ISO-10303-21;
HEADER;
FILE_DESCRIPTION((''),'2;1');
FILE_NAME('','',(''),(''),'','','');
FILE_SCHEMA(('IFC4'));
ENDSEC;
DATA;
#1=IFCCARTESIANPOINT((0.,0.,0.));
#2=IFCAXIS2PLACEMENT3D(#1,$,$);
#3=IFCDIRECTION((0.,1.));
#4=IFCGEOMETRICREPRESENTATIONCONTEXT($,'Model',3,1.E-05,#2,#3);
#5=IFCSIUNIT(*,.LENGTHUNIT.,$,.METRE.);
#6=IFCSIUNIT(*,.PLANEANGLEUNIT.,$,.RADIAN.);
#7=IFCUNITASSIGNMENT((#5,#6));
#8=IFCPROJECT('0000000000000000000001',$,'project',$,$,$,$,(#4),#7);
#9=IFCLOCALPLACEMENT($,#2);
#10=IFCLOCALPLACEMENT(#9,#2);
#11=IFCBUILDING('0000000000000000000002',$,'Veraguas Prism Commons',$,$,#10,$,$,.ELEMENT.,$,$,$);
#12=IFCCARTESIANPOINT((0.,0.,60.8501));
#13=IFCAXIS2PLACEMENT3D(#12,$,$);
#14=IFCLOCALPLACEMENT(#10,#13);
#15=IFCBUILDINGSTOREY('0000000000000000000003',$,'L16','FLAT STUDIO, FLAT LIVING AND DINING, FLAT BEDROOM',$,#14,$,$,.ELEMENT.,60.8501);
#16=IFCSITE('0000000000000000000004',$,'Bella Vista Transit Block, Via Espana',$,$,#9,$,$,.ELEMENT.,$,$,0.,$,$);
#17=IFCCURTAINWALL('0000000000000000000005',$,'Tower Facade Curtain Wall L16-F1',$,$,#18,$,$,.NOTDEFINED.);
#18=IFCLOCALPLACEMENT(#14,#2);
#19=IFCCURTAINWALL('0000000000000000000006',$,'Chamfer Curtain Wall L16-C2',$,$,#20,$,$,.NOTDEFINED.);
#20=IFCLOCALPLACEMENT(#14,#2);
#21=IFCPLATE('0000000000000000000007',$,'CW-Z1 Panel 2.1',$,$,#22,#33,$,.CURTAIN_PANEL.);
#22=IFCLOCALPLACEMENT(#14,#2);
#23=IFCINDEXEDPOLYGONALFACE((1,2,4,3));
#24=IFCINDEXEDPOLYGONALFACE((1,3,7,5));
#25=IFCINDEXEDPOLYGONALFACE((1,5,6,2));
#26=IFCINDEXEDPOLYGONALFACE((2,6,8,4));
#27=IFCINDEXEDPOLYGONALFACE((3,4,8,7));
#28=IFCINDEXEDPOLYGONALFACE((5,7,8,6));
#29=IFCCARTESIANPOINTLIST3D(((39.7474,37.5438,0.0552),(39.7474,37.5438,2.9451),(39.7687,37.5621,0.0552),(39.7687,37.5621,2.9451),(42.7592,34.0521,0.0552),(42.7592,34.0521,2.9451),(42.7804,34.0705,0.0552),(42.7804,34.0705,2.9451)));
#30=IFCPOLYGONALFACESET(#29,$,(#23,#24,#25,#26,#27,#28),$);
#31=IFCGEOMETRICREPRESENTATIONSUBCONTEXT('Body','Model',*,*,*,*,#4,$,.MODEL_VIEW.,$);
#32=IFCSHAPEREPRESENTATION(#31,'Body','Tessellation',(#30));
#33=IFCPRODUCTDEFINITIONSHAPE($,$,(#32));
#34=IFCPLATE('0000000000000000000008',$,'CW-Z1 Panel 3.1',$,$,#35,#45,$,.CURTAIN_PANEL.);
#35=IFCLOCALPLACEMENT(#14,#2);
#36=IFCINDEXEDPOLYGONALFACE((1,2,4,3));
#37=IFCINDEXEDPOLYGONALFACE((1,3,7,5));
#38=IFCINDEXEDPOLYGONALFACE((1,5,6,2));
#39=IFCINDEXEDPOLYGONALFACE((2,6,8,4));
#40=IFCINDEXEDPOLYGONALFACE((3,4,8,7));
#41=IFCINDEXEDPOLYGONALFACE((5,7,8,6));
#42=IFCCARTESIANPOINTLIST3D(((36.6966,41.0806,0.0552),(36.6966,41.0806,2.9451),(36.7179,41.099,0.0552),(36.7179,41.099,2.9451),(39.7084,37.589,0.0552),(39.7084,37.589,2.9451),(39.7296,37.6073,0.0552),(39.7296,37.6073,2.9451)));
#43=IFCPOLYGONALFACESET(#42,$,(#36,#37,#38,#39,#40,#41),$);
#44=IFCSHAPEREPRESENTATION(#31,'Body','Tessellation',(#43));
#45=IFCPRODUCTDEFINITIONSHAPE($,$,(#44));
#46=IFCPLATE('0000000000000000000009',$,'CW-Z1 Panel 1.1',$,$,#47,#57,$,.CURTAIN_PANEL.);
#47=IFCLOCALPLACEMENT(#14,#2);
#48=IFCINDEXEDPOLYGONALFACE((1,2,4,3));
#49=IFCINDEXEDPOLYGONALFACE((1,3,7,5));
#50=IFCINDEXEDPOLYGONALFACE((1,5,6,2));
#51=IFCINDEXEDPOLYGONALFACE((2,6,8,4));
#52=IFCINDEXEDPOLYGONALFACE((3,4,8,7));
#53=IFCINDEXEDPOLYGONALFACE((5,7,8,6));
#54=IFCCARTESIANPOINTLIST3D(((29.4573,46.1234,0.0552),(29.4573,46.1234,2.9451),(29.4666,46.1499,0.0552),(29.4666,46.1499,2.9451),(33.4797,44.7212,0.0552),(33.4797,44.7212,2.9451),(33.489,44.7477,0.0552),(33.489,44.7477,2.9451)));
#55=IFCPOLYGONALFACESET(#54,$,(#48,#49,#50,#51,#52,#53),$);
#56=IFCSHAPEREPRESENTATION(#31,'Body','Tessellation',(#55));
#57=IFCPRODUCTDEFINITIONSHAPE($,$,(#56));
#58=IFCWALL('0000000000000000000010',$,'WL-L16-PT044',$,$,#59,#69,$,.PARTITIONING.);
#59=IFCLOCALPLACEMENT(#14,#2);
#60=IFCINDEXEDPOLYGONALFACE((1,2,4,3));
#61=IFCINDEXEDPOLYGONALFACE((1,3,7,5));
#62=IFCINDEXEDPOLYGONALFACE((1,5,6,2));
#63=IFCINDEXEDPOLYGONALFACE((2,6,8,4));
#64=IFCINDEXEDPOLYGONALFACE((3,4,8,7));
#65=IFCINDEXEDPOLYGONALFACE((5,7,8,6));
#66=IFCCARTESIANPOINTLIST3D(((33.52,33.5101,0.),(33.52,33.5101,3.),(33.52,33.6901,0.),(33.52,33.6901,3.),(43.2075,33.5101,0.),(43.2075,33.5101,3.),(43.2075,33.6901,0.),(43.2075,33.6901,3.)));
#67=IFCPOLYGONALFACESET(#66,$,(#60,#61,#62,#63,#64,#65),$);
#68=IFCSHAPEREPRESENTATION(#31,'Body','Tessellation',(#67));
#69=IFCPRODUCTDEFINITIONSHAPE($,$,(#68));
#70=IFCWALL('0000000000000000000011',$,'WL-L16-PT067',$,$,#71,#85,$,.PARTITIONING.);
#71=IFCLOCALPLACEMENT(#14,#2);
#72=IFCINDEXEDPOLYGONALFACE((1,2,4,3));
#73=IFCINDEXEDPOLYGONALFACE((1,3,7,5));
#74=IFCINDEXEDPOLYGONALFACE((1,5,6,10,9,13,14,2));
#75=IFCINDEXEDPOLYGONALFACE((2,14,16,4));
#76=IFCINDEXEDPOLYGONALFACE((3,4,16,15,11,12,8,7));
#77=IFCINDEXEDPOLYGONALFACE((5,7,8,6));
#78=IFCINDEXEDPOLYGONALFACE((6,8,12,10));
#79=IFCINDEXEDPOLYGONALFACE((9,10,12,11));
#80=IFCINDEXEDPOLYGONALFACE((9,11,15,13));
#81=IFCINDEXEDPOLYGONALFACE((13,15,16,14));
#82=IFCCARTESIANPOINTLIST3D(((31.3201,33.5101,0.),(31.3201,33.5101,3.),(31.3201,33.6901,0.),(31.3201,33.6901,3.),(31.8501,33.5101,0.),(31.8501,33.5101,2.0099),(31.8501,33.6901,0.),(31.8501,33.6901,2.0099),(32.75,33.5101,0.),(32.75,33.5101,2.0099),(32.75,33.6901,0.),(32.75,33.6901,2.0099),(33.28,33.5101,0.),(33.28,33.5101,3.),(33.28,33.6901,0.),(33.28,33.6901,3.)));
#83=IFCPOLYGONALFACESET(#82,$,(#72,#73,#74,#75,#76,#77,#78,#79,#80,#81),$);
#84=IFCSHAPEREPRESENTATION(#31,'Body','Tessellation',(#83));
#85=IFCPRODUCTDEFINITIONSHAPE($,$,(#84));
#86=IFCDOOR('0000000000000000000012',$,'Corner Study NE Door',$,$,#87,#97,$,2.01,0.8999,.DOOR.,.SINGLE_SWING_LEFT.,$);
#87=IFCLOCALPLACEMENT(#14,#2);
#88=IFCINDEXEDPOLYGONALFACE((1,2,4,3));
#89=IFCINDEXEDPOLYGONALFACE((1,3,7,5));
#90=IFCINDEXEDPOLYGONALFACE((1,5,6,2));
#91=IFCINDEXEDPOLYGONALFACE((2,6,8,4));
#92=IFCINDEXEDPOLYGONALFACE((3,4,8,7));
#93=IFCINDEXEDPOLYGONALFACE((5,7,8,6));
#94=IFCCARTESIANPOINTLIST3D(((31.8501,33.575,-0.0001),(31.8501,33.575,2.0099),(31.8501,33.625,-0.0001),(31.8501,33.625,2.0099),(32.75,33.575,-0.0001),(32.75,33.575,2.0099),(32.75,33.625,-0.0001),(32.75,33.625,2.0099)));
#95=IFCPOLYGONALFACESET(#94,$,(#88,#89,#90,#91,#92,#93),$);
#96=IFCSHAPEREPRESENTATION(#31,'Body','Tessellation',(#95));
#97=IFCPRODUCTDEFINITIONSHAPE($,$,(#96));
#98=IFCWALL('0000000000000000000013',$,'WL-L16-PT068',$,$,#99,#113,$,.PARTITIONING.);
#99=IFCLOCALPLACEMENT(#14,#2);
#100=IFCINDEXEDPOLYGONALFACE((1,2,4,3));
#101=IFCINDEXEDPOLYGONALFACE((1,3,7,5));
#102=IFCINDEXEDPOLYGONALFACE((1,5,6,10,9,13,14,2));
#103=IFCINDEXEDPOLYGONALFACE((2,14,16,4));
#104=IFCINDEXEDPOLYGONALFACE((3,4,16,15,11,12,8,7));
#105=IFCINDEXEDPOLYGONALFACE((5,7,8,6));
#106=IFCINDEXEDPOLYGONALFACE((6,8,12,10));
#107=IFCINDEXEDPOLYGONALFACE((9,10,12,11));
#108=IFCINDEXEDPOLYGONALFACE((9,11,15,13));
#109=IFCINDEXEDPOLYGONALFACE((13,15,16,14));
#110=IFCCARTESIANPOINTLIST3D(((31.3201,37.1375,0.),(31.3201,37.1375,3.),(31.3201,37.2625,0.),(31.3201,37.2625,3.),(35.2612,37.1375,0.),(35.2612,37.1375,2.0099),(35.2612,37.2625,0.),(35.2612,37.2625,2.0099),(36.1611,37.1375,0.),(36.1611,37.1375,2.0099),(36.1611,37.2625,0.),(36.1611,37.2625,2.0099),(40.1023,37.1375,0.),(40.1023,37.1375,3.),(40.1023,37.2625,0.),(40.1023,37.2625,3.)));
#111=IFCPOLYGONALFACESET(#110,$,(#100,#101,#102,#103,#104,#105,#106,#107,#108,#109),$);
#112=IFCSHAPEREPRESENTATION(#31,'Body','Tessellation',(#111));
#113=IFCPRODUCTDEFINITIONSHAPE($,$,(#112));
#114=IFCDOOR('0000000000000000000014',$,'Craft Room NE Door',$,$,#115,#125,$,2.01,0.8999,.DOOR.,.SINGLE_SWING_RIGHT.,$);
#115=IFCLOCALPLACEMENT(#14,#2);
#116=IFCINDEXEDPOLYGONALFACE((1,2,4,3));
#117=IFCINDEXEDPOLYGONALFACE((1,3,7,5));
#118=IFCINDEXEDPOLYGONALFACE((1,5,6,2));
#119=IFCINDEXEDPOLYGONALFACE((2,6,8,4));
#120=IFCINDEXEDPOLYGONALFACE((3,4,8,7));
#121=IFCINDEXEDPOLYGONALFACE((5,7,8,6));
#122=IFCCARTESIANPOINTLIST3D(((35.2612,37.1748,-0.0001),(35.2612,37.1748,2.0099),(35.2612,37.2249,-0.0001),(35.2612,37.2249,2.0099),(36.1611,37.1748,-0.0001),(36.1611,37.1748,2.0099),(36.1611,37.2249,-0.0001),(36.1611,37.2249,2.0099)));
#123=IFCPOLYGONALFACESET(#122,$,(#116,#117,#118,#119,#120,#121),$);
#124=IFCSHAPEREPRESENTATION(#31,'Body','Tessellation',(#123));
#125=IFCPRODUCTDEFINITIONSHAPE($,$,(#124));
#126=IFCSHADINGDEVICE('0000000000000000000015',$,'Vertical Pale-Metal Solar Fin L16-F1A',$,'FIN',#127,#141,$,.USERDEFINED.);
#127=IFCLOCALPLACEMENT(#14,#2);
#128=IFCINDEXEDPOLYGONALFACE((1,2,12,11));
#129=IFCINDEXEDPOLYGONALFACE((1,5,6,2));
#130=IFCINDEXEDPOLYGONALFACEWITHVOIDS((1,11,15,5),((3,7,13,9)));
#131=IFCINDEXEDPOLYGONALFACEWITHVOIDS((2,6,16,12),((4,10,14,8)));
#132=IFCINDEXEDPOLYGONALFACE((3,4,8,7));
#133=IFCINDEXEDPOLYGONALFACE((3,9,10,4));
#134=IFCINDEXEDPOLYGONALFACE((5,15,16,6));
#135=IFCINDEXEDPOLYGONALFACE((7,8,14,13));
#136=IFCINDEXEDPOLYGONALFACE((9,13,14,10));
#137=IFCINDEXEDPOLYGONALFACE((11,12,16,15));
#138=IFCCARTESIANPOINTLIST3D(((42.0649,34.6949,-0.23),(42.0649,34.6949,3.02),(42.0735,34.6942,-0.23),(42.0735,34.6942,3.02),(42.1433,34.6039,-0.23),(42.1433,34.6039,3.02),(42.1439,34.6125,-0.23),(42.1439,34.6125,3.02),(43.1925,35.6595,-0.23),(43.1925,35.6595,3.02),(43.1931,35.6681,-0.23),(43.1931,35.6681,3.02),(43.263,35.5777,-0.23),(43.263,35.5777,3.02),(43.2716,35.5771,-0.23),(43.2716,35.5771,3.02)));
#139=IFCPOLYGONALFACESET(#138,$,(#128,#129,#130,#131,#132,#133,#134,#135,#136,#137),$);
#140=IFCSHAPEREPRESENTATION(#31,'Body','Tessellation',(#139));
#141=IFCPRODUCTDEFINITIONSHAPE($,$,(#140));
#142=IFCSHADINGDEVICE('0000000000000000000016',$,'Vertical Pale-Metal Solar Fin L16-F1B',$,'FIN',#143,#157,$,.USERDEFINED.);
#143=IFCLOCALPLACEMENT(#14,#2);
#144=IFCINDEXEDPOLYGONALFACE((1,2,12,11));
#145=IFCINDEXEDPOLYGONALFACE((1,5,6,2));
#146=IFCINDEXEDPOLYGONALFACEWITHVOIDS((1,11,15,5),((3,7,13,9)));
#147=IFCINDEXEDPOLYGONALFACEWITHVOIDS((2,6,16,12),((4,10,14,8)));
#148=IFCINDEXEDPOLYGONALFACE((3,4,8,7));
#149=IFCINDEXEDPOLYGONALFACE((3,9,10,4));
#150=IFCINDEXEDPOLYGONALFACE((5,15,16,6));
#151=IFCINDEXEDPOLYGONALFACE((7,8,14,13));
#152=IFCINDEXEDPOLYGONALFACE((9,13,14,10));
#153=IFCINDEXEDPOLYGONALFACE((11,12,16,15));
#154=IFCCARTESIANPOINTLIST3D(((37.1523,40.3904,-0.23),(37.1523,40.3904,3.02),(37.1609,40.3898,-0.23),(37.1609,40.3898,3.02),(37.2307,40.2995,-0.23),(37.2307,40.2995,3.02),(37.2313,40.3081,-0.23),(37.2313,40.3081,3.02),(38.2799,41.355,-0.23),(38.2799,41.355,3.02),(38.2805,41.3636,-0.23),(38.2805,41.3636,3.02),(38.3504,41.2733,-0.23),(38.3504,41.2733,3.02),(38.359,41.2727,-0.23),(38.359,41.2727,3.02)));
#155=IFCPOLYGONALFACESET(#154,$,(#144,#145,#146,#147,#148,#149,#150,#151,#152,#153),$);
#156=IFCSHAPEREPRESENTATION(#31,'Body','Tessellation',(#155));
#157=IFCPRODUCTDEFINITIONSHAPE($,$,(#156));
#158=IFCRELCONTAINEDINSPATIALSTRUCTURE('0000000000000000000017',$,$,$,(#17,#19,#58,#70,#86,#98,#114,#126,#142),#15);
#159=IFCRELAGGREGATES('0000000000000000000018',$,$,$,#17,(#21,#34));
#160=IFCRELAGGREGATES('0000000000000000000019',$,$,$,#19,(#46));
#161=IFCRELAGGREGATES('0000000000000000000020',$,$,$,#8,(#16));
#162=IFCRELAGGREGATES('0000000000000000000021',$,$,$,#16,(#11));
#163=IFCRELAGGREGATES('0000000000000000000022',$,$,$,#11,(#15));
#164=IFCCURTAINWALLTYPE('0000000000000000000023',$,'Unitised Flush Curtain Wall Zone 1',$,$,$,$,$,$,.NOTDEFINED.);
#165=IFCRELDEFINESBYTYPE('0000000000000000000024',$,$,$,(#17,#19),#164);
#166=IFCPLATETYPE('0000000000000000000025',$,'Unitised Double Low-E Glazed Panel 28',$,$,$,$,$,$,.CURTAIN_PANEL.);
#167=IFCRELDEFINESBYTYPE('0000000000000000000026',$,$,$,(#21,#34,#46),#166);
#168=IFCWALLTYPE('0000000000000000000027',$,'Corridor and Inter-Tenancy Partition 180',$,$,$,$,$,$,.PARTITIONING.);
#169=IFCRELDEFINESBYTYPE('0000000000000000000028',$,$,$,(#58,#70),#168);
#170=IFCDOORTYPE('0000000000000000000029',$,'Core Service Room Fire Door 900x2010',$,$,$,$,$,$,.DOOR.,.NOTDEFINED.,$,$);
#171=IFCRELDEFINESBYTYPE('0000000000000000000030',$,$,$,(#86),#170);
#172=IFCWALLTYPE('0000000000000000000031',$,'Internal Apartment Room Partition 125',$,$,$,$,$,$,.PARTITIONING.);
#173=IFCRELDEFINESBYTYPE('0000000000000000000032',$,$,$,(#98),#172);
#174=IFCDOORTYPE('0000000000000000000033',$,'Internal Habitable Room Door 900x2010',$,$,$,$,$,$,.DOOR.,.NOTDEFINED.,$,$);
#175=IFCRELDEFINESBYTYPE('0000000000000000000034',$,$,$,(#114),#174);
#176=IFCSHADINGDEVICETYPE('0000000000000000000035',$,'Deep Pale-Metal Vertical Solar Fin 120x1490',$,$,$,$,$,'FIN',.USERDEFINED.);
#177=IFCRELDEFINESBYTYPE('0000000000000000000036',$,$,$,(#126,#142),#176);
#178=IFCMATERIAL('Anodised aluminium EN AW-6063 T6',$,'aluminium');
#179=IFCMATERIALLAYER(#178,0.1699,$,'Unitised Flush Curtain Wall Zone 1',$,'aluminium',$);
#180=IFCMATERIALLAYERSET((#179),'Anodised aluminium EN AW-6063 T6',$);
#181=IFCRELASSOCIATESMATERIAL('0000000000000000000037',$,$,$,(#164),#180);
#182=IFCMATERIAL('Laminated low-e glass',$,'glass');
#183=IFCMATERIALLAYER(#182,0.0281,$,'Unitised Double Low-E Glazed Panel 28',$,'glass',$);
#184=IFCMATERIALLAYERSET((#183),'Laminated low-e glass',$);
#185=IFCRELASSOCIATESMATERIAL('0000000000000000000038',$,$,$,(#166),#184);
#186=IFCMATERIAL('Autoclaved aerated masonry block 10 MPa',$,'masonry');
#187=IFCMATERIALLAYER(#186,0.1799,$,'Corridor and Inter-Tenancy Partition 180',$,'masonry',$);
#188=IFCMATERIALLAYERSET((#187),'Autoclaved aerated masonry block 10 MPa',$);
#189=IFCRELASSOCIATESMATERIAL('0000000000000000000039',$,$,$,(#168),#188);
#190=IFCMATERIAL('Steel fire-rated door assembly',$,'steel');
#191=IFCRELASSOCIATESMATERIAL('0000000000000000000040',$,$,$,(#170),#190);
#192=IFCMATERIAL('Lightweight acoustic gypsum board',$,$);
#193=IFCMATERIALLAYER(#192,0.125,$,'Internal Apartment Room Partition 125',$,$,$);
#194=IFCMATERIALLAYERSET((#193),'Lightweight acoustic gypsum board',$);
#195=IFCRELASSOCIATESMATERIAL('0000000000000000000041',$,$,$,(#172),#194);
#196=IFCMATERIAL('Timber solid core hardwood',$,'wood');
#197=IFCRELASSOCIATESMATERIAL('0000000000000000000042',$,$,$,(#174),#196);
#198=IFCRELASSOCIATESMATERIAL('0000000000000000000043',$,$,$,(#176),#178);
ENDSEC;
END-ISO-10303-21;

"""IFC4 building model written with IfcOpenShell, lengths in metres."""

from ifc_helpers import new_model, si_unit, direction, frame, frame_2d, origin, origin_2d, place, context, subcontext, project, spatial, rectangle, hollow_rectangle, extrude, source, transform, mapped, material, layer, layer_set, material_profile, profile_set, type_object, element, fill, aggregate, save


model = new_model("IFC4")

# Units and contexts
model_context = context("Model", 3, precision=1e-05, world=origin(), true_north=direction((0.0, 1.0)))
body_context = subcontext(model_context, "Body", "Model", "MODEL_VIEW")
ifc_project = project(units=[si_unit("LENGTHUNIT", "METRE"), si_unit("PLANEANGLEUNIT", "RADIAN")], contexts=[model_context])

# Site, building, storey
site_placement = place(None, origin())
site = spatial("IfcSite", under=ifc_project, at=site_placement, Name="Bella Vista Transit Block, Via Espana", CompositionType="ELEMENT", RefElevation=0.0)
building_placement = place(site_placement, origin())
building = spatial("IfcBuilding", under=site, at=building_placement, Name="Veraguas Prism Commons", CompositionType="ELEMENT")
storey_placement = place(building_placement, frame((0.0, 0.0, 60.8501)))
storey = spatial("IfcBuildingStorey", under=building, at=storey_placement, Name="L16", Description="FLAT STUDIO, FLAT LIVING AND DINING, FLAT BEDROOM", CompositionType="ELEMENT", Elevation=60.8501)

# Curtain walls
ifc_material_1 = material(Name="Anodised aluminium EN AW-6063 T6", Category="aluminium")
ifc_layer_1 = layer(ifc_material_1, 0.1699, Name="Unitised Flush Curtain Wall Zone 1", Category="aluminium")
ifc_layer_set_1 = layer_set([ifc_layer_1], Name="Anodised aluminium EN AW-6063 T6")
curtain_wall_type = type_object("IfcCurtainWallType", Name="Unitised Flush Curtain Wall Zone 1", PredefinedType="NOTDEFINED", material=ifc_layer_set_1)
curtain_wall_1_placement = place(storey_placement, origin())
curtain_wall_1 = element("IfcCurtainWall", 1, at=curtain_wall_1_placement, inside=storey, type_object=curtain_wall_type, Name="Tower Facade Curtain Wall L16-F1", PredefinedType="NOTDEFINED")
curtain_wall_2_placement = place(storey_placement, origin())
curtain_wall_2 = element("IfcCurtainWall", 2, at=curtain_wall_2_placement, inside=storey, type_object=curtain_wall_type, Name="Chamfer Curtain Wall L16-C2", PredefinedType="NOTDEFINED")

# Plates
ifc_material_2 = material(Name="Laminated low-e glass", Category="glass")
ifc_layer_2 = layer(ifc_material_2, 0.0281, Name="Unitised Double Low-E Glazed Panel 28", Category="glass")
ifc_layer_set_2 = layer_set([ifc_layer_2], Name="Laminated low-e glass")
plate_type = type_object("IfcPlateType", Name="Unitised Double Low-E Glazed Panel 28", PredefinedType="CURTAIN_PANEL", material=ifc_layer_set_2)
shared_shape_1 = source(origin(), body_context, "Body", "SweptSolid", [
    extrude(rectangle(XDim=4.6111, YDim=0.0281, at=origin_2d()), origin(), (0.0, 0.0, 1.0), 2.8899),
])
plate_1_placement = place(storey_placement, frame((41.2639, 35.8071, 0.0552), z_axis=(0.0, 0.0, 1.0), x_axis=(-0.65315, 0.757229, 0.0)))
plate_1 = element("IfcPlate", 3, at=plate_1_placement, type_object=plate_type, Name="CW-Z1 Panel 2.1", PredefinedType="CURTAIN_PANEL", context=body_context, shape_type="MappedRepresentation", body=[
    mapped(shared_shape_1, transform((0.0, 0.0, 0.0), scale=1.0)),
])
plate_2_placement = place(storey_placement, frame((38.2131, 39.344, 0.0552), z_axis=(0.0, 0.0, 1.0), x_axis=(-0.65315, 0.757229, 0.0)))
plate_2 = element("IfcPlate", 4, at=plate_2_placement, type_object=plate_type, Name="CW-Z1 Panel 3.1", PredefinedType="CURTAIN_PANEL", context=body_context, shape_type="MappedRepresentation", body=[
    mapped(shared_shape_1, transform((0.0, 0.0, 0.0), scale=1.0)),
])
aggregate(curtain_wall_1, [plate_1, plate_2])
shared_shape_2 = source(origin(), body_context, "Body", "SweptSolid", [
    extrude(rectangle(XDim=4.2598, YDim=0.0281, at=origin_2d()), origin(), (0.0, 0.0, 1.0), 2.8899),
])
plate_3_placement = place(storey_placement, frame((31.4731, 45.4355, 0.0552), z_axis=(0.0, 0.0, 1.0), x_axis=(-0.944272, 0.329165, 0.0)))
plate_3 = element("IfcPlate", 5, at=plate_3_placement, type_object=plate_type, Name="CW-Z1 Panel 1.1", PredefinedType="CURTAIN_PANEL", context=body_context, shape_type="MappedRepresentation", body=[
    mapped(shared_shape_2, transform((0.0, 0.0, 0.0), scale=1.0)),
])
aggregate(curtain_wall_2, [plate_3])

# Wall
ifc_material_3 = material(Name="Autoclaved aerated masonry block 10 MPa", Category="masonry")
ifc_layer_3 = layer(ifc_material_3, 0.1799, Name="Corridor and Inter-Tenancy Partition 180", Category="masonry")
ifc_layer_set_3 = layer_set([ifc_layer_3], Name="Autoclaved aerated masonry block 10 MPa")
wall_type_1 = type_object("IfcWallType", Name="Corridor and Inter-Tenancy Partition 180", PredefinedType="PARTITIONING", material=ifc_layer_set_3)
wall_1_placement = place(storey_placement, frame((33.52, 33.6001, 0.0), z_axis=(0.0, 0.0, 1.0), x_axis=(1.0, 0.0, 0.0)))
element("IfcWall", 6, at=wall_1_placement, inside=storey, type_object=wall_type_1, Name="WL-L16-PT044", PredefinedType="PARTITIONING", context=body_context, shape_type="SweptSolid", body=[
    extrude(rectangle(XDim=9.6875, YDim=0.1799, at=frame_2d((4.8438, 0.0))), origin(), (0.0, 0.0, 1.0), 3.0),
])

# Walls, openings, doors
wall_2_placement = place(storey_placement, frame((31.3201, 33.6001, 0.0), z_axis=(0.0, 0.0, 1.0), x_axis=(1.0, 0.0, 0.0)))
wall_2 = element("IfcWall", 7, at=wall_2_placement, inside=storey, type_object=wall_type_1, Name="WL-L16-PT067", PredefinedType="PARTITIONING", context=body_context, shape_type="SweptSolid", body=[
    extrude(rectangle(XDim=1.96, YDim=0.1799, at=frame_2d((0.98, 0.0))), origin(), (0.0, 0.0, 1.0), 3.0),
])
opening_1_placement = place(wall_2_placement, frame((0.53, 0.0, 0.0)))
opening_1 = element("IfcOpeningElement", 8, at=opening_1_placement, cuts=wall_2, PredefinedType="OPENING", context=body_context, shape_type="SweptSolid", body=[
    extrude(rectangle(XDim=0.8999, YDim=2.01, at=frame_2d((0.45, 1.0049))), frame((0.0, 0.0999, 0.0), z_axis=(0.0, -1.0, 0.0), x_axis=(1.0, 0.0, 0.0)), (0.0, 0.0, 1.0), 0.2),
])
ifc_material_4 = material(Name="Steel fire-rated door assembly", Category="steel")
door_type_1 = type_object("IfcDoorType", Name="Core Service Room Fire Door 900x2010", OperationType="NOTDEFINED", PredefinedType="DOOR", material=ifc_material_4)
shared_shape_3 = source(origin(), body_context, "Body", "SweptSolid", [
    extrude(rectangle(XDim=0.8999, YDim=2.01, at=frame_2d((0.45, 1.0049))), frame((0.0, 0.0249, 0.0), z_axis=(0.0, -1.0, 0.0), x_axis=(1.0, 0.0, 0.0)), (0.0, 0.0, 1.0), 0.05),
])
door_1_placement = place(opening_1_placement, origin())
door_1 = element("IfcDoor", 9, at=door_1_placement, inside=storey, type_object=door_type_1, Name="Corner Study NE Door", OperationType="SINGLE_SWING_LEFT", OverallHeight=2.01, OverallWidth=0.8999, PredefinedType="DOOR", context=body_context, shape_type="MappedRepresentation", body=[
    mapped(shared_shape_3, transform((0.0, 0.0, 0.0), scale=1.0)),
])
fill(opening_1, door_1)
ifc_material_5 = material(Name="Lightweight acoustic gypsum board")
ifc_layer_4 = layer(ifc_material_5, 0.125, Name="Internal Apartment Room Partition 125")
ifc_layer_set_4 = layer_set([ifc_layer_4], Name="Lightweight acoustic gypsum board")
wall_type_2 = type_object("IfcWallType", Name="Internal Apartment Room Partition 125", PredefinedType="PARTITIONING", material=ifc_layer_set_4)
wall_3_placement = place(storey_placement, frame((31.3201, 37.2, 0.0), z_axis=(0.0, 0.0, 1.0), x_axis=(1.0, 0.0, 0.0)))
wall_3 = element("IfcWall", 10, at=wall_3_placement, inside=storey, type_object=wall_type_2, Name="WL-L16-PT068", PredefinedType="PARTITIONING", context=body_context, shape_type="SweptSolid", body=[
    extrude(rectangle(XDim=8.7822, YDim=0.125, at=frame_2d((4.3911, 0.0))), origin(), (0.0, 0.0, 1.0), 3.0),
])
opening_2_placement = place(wall_3_placement, frame((3.9412, 0.0, 0.0)))
opening_2 = element("IfcOpeningElement", 11, at=opening_2_placement, cuts=wall_3, PredefinedType="OPENING", context=body_context, shape_type="SweptSolid", body=[
    extrude(rectangle(XDim=0.8999, YDim=2.01, at=frame_2d((0.45, 1.0049))), frame((0.0, 0.0725, 0.0), z_axis=(0.0, -1.0, 0.0), x_axis=(1.0, 0.0, 0.0)), (0.0, 0.0, 1.0), 0.145),
])
ifc_material_6 = material(Name="Timber solid core hardwood", Category="wood")
door_type_2 = type_object("IfcDoorType", Name="Internal Habitable Room Door 900x2010", OperationType="NOTDEFINED", PredefinedType="DOOR", material=ifc_material_6)
door_2_placement = place(opening_2_placement, origin())
door_2 = element("IfcDoor", 12, at=door_2_placement, inside=storey, type_object=door_type_2, Name="Craft Room NE Door", OperationType="SINGLE_SWING_RIGHT", OverallHeight=2.01, OverallWidth=0.8999, PredefinedType="DOOR", context=body_context, shape_type="MappedRepresentation", body=[
    mapped(shared_shape_3, transform((0.0, 0.0, 0.0), scale=1.0)),
])
fill(opening_2, door_2)

# Shading devices
ifc_material_profile_1 = material_profile(ifc_material_1, hollow_rectangle(XDim=0.1201, YDim=1.49, WallThickness=0.0061, at=origin_2d()), Name="FIN120X1490X6")
ifc_profile_set_1 = profile_set([ifc_material_profile_1], Name="Anodised aluminium EN AW-6063 T6")
shading_device_type = type_object("IfcShadingDeviceType", Name="Deep Pale-Metal Vertical Solar Fin 120x1490", ElementType="FIN", PredefinedType="USERDEFINED", material=ifc_profile_set_1)
for number, where, z_axis, x_axis, name in (
    (13, (42.6682, 35.136, -0.23), (0.0, 0.0, 1.0), (-0.653152, 0.757227, 0.0), "Vertical Pale-Metal Solar Fin L16-F1A"),
    (14, (37.7556, 40.8315, -0.23), (0.0, 0.0, 1.0), (-0.653152, 0.757227, 0.0), "Vertical Pale-Metal Solar Fin L16-F1B"),
):
    element("IfcShadingDevice", number, at=place(storey_placement, frame(where, z_axis=z_axis, x_axis=x_axis)), inside=storey, type_object=shading_device_type, Name=name, ObjectType="FIN", PredefinedType="USERDEFINED", context=body_context, shape_type="SweptSolid", body=[
        extrude(hollow_rectangle(XDim=0.1201, YDim=1.49, WallThickness=0.0061, at=origin_2d()), origin(), (0.0, 0.0, 1.0), 3.25),
    ])

save(model, "model.ifc")
